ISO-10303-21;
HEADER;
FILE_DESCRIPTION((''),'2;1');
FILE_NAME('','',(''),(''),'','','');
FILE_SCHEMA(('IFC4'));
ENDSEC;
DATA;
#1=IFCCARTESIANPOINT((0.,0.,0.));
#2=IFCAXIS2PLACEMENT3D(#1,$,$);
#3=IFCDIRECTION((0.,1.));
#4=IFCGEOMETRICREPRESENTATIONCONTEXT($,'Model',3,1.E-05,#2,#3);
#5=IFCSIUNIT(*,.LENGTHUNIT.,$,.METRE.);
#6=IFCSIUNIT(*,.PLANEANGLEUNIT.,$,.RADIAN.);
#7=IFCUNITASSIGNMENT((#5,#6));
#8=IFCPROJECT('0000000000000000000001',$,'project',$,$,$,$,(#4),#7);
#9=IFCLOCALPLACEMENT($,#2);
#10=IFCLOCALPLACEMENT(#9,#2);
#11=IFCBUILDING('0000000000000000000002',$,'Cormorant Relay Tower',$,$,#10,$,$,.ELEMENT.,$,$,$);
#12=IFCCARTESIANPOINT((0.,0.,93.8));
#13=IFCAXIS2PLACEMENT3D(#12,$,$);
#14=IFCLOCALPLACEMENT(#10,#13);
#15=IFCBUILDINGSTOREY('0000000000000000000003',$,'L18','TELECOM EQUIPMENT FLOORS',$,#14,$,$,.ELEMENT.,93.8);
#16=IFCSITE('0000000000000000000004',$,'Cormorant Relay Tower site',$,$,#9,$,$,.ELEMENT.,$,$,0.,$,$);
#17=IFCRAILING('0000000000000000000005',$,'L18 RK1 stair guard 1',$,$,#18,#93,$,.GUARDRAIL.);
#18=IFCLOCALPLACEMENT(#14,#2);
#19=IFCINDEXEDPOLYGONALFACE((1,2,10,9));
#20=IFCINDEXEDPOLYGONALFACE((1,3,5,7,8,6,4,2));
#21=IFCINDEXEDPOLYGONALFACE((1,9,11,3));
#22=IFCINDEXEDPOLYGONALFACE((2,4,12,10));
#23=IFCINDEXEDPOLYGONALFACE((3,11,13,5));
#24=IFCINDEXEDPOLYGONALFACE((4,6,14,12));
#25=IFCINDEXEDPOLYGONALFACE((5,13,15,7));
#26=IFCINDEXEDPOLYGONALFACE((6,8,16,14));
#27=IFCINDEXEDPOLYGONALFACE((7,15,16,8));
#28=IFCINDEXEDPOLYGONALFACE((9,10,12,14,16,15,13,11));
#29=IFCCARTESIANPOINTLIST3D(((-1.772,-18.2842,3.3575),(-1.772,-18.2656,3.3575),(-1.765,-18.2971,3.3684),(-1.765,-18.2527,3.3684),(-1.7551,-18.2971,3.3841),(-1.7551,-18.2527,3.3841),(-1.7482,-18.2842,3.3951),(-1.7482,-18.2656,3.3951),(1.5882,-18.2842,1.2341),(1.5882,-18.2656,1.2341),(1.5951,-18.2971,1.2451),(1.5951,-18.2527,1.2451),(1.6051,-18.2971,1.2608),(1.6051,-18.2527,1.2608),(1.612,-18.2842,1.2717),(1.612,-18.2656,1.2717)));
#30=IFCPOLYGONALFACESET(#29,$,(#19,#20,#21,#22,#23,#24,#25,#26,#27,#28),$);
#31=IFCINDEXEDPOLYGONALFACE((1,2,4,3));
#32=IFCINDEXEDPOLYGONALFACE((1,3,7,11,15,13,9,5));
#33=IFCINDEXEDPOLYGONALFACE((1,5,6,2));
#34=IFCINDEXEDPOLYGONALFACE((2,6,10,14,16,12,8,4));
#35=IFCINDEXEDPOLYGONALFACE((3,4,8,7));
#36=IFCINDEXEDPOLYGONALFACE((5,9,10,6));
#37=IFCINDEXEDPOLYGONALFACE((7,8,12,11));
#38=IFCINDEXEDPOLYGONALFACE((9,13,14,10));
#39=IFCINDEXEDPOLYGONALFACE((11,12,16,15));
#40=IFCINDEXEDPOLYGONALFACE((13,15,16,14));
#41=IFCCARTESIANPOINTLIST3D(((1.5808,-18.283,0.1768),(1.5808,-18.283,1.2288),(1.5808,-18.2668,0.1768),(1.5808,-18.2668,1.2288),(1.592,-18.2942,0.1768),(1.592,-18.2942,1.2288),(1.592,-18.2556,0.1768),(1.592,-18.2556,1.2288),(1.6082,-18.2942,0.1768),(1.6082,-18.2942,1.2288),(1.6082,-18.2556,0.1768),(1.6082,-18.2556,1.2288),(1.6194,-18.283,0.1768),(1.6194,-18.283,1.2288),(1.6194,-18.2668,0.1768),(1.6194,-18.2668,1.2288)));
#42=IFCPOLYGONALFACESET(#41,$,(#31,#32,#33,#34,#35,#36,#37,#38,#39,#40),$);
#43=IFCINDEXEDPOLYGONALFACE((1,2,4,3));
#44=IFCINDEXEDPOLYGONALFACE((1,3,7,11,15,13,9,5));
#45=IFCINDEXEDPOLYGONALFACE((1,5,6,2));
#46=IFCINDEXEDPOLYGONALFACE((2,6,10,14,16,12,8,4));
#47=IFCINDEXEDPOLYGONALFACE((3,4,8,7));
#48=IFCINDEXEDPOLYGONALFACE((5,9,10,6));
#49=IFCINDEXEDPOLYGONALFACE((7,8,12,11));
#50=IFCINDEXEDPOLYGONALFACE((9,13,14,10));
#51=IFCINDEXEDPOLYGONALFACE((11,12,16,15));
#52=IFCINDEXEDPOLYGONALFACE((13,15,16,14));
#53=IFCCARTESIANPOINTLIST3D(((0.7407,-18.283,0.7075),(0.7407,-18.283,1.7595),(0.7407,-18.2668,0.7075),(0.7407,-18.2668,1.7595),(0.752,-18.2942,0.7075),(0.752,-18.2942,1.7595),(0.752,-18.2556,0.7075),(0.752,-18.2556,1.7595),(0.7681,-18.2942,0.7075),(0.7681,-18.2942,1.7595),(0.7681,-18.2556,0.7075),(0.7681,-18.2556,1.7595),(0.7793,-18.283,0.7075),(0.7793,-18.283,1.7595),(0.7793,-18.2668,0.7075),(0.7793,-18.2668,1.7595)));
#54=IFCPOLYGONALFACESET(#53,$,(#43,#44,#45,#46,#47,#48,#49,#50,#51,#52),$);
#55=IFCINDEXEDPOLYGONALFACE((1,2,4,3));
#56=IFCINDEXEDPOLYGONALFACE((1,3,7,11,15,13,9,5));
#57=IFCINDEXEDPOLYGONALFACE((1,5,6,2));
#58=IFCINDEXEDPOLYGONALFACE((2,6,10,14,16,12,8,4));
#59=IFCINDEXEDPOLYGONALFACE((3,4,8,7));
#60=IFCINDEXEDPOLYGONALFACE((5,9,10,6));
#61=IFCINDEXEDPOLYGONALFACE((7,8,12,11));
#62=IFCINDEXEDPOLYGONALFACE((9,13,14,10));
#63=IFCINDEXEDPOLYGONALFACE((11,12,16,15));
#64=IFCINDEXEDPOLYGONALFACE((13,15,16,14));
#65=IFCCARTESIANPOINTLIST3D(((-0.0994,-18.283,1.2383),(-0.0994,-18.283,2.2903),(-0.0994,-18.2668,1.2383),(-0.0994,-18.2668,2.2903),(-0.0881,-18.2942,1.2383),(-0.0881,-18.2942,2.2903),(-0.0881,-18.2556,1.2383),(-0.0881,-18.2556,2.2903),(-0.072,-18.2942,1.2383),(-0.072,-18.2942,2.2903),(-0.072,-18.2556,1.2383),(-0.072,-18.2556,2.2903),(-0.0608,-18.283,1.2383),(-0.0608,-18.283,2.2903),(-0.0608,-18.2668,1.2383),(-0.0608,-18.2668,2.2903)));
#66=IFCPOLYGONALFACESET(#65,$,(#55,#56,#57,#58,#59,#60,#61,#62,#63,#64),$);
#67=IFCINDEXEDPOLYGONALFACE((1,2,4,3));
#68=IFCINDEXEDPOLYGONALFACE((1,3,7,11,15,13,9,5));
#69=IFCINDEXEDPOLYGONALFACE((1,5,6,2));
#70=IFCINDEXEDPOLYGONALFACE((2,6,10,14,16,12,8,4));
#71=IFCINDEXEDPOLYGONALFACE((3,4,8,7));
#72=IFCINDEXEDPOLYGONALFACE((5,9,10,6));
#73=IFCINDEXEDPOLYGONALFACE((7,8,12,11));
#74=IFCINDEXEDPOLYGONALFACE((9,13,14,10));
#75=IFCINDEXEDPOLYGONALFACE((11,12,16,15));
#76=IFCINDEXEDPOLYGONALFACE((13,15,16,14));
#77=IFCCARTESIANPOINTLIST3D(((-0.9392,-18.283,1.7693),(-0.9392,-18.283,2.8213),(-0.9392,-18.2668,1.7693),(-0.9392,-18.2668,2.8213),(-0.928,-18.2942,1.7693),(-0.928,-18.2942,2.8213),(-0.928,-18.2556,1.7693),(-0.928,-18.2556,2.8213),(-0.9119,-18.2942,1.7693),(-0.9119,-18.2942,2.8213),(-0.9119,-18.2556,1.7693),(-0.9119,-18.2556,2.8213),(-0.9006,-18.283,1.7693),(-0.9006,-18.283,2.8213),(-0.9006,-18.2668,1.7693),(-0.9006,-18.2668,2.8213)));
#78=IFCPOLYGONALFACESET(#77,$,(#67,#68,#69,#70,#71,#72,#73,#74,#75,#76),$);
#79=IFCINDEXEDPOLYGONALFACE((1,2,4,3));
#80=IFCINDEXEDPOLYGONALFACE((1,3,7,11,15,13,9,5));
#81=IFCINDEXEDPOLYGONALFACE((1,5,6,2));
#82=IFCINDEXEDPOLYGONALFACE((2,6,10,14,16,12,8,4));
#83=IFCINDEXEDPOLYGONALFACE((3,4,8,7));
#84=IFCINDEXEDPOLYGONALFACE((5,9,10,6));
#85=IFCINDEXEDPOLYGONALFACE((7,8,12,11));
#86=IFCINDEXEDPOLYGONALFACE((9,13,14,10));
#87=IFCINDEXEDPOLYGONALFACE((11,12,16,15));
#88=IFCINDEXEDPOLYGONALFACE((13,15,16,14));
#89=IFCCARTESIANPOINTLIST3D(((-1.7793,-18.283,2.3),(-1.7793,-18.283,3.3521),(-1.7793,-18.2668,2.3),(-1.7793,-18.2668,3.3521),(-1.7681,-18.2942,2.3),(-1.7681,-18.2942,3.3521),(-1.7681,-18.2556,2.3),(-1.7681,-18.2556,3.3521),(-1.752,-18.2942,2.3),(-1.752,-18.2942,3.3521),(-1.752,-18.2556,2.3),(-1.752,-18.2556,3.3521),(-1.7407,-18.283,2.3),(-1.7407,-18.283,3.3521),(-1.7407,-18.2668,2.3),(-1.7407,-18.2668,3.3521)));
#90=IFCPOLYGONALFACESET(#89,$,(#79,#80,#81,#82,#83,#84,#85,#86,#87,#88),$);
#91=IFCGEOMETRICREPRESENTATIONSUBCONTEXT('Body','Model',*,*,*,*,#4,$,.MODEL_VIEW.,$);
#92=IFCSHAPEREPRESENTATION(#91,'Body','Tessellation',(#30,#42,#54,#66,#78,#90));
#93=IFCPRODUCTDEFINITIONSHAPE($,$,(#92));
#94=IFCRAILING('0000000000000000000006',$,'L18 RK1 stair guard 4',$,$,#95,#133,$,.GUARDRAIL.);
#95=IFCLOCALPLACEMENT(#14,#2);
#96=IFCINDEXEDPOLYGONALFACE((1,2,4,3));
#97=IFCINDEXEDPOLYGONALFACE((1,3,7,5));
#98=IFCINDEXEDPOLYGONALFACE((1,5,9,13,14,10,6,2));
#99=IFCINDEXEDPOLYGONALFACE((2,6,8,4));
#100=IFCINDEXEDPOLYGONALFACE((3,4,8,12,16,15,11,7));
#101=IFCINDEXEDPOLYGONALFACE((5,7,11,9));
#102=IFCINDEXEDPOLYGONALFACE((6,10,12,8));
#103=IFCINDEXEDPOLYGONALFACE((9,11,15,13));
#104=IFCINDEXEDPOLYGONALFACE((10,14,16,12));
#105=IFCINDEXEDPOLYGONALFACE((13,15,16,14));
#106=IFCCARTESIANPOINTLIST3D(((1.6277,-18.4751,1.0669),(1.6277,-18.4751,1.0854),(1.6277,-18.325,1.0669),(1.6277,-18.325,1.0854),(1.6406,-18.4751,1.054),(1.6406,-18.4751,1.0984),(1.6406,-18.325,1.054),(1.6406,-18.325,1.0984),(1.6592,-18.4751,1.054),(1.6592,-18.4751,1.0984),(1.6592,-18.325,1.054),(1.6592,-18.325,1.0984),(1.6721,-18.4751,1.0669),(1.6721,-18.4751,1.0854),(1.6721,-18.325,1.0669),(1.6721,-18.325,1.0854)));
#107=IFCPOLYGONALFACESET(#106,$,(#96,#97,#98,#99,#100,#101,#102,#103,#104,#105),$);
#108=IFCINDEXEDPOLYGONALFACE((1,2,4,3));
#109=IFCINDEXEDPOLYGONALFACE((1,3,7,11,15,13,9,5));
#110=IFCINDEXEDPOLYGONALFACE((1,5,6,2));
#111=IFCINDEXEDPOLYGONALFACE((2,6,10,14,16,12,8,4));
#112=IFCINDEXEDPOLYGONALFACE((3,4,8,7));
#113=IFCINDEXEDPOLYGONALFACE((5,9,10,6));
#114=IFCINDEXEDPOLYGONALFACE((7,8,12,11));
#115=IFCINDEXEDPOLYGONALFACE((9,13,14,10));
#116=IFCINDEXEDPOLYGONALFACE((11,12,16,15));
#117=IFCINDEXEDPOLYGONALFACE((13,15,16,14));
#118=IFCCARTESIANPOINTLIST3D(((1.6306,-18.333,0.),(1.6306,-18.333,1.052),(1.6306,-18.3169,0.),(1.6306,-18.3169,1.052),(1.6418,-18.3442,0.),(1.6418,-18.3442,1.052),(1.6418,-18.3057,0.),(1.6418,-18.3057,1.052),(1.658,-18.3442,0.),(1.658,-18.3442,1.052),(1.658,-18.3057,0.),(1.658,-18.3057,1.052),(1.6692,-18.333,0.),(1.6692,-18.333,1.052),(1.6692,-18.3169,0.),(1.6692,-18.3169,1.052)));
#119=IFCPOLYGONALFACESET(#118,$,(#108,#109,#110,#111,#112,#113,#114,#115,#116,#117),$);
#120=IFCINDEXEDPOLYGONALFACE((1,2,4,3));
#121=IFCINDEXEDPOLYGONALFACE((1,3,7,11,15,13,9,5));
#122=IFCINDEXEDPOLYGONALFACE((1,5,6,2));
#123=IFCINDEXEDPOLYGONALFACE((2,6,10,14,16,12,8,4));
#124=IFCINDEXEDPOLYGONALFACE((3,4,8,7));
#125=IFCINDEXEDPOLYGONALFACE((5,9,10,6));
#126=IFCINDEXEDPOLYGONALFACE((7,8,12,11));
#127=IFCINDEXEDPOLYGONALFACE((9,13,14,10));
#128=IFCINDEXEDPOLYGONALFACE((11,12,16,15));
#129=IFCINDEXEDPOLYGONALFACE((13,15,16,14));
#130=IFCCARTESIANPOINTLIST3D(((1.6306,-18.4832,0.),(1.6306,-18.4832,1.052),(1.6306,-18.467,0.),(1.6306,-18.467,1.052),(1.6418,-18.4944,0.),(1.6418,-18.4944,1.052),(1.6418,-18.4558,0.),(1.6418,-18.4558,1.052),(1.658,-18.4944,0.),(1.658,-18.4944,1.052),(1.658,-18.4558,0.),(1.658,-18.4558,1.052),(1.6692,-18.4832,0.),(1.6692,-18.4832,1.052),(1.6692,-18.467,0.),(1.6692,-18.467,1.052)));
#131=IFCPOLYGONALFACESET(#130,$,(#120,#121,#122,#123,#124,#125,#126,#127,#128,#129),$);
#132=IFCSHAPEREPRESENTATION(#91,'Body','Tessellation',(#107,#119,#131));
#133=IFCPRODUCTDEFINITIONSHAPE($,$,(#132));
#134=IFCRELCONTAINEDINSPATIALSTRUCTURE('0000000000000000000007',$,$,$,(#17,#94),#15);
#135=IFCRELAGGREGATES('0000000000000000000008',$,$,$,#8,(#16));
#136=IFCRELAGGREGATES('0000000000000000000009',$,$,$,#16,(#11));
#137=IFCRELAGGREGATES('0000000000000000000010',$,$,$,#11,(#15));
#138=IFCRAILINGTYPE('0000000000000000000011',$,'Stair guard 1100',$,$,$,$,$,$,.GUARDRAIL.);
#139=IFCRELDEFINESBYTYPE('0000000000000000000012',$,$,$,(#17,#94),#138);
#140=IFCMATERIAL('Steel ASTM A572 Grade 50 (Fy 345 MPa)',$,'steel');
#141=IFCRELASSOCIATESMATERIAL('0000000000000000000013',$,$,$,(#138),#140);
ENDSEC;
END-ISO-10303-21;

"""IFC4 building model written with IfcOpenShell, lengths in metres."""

from ifc_helpers import new_model, si_unit, direction, frame, origin, place, context, subcontext, project, spatial, polyline, outline, extrude, material, type_object, element, save


model = new_model("IFC4")

# Units and contexts
model_context = context("Model", 3, precision=1e-05, world=origin(), true_north=direction((0.0, 1.0)))
body_context = subcontext(model_context, "Body", "Model", "MODEL_VIEW")
ifc_project = project(units=[si_unit("LENGTHUNIT", "METRE"), si_unit("PLANEANGLEUNIT", "RADIAN")], contexts=[model_context])

# Site, building, storey
site_placement = place(None, origin())
site = spatial("IfcSite", under=ifc_project, at=site_placement, Name="Cormorant Relay Tower site", CompositionType="ELEMENT", RefElevation=0.0)
building_placement = place(site_placement, origin())
building = spatial("IfcBuilding", under=site, at=building_placement, Name="Cormorant Relay Tower", CompositionType="ELEMENT")
storey_placement = place(building_placement, frame((0.0, 0.0, 93.8)))
storey = spatial("IfcBuildingStorey", under=building, at=storey_placement, Name="L18", Description="TELECOM EQUIPMENT FLOORS", CompositionType="ELEMENT", Elevation=93.8)

# Railings
ifc_material_1 = material(Name="Steel ASTM A572 Grade 50 (Fy 345 MPa)", Category="steel")
railing_type_1 = type_object("IfcRailingType", Name="Stair guard 1100", PredefinedType="GUARDRAIL", material=ifc_material_1)
railing_1_placement = place(storey_placement, frame((1.6001, -18.2749, 0.1768)))
element("IfcRailing", 1, at=railing_1_placement, inside=storey, type_object=railing_type_1, Name="L18 RK1 stair guard 1", PredefinedType="GUARDRAIL", context=body_context, shape_type="SweptSolid", body=[
    extrude(outline(polyline([(0.0222, 0.0093), (0.0093, 0.0222), (-0.0093, 0.0222), (-0.0222, 0.0093), (-0.0222, -0.0093), (-0.0093, -0.0222), (0.0093, -0.0222), (0.0222, -0.0093), (0.0222, 0.0093)])), frame((0.0, 0.0, 1.0762), z_axis=(-0.845362, 0.0, 0.534194), x_axis=(0.0, -1.0, 0.0)), (0.0, 0.0, 1.0), 3.9749),
    extrude(outline(polyline([(0.0193, 0.0081), (0.0081, 0.0193), (-0.0081, 0.0193), (-0.0193, 0.0081), (-0.0193, -0.0081), (-0.0081, -0.0193), (0.0081, -0.0193), (0.0193, -0.0081), (0.0193, 0.0081)])), origin(), (0.0, 0.0, 1.0), 1.052),
    extrude(outline(polyline([(0.0193, 0.0081), (0.0081, 0.0193), (-0.0081, 0.0193), (-0.0193, 0.0081), (-0.0193, -0.0081), (-0.0081, -0.0193), (0.0081, -0.0193), (0.0193, -0.0081), (0.0193, 0.0081)])), frame((-0.8401, 0.0, 0.5308)), (0.0, 0.0, 1.0), 1.052),
    extrude(outline(polyline([(0.0193, 0.0081), (0.0081, 0.0193), (-0.0081, 0.0193), (-0.0193, 0.0081), (-0.0193, -0.0081), (-0.0081, -0.0193), (0.0081, -0.0193), (0.0193, -0.0081), (0.0193, 0.0081)])), frame((-1.6802, 0.0, 1.0615)), (0.0, 0.0, 1.0), 1.052),
    extrude(outline(polyline([(0.0193, 0.0081), (0.0081, 0.0193), (-0.0081, 0.0193), (-0.0193, 0.0081), (-0.0193, -0.0081), (-0.0081, -0.0193), (0.0081, -0.0193), (0.0193, -0.0081), (0.0193, 0.0081)])), frame((-2.52, 0.0, 1.5925)), (0.0, 0.0, 1.0), 1.052),
    extrude(outline(polyline([(0.0193, 0.0081), (0.0081, 0.0193), (-0.0081, 0.0193), (-0.0193, 0.0081), (-0.0193, -0.0081), (-0.0081, -0.0193), (0.0081, -0.0193), (0.0193, -0.0081), (0.0193, 0.0081)])), frame((-3.3601, 0.0, 2.1233)), (0.0, 0.0, 1.0), 1.052),
])
railing_2_placement = place(storey_placement, frame((1.6499, -18.325, 0.0)))
element("IfcRailing", 2, at=railing_2_placement, inside=storey, type_object=railing_type_1, Name="L18 RK1 stair guard 4", PredefinedType="GUARDRAIL", context=body_context, shape_type="SweptSolid", body=[
    extrude(outline(polyline([(0.0222, 0.0093), (0.0093, 0.0222), (-0.0093, 0.0222), (-0.0222, 0.0093), (-0.0222, -0.0093), (-0.0093, -0.0222), (0.0093, -0.0222), (0.0222, -0.0093), (0.0222, 0.0093)])), frame((0.0, 0.0, 1.0762), z_axis=(0.0, -1.0, 0.0), x_axis=(1.0, 0.0, 0.0)), (0.0, 0.0, 1.0), 0.1501),
    extrude(outline(polyline([(0.0193, 0.0081), (0.0081, 0.0193), (-0.0081, 0.0193), (-0.0193, 0.0081), (-0.0193, -0.0081), (-0.0081, -0.0193), (0.0081, -0.0193), (0.0193, -0.0081), (0.0193, 0.0081)])), origin(), (0.0, 0.0, 1.0), 1.052),
    extrude(outline(polyline([(0.0193, 0.0081), (0.0081, 0.0193), (-0.0081, 0.0193), (-0.0193, 0.0081), (-0.0193, -0.0081), (-0.0081, -0.0193), (0.0081, -0.0193), (0.0193, -0.0081), (0.0193, 0.0081)])), frame((0.0, -0.1501, 0.0)), (0.0, 0.0, 1.0), 1.052),
])

save(model, "model.ifc")
